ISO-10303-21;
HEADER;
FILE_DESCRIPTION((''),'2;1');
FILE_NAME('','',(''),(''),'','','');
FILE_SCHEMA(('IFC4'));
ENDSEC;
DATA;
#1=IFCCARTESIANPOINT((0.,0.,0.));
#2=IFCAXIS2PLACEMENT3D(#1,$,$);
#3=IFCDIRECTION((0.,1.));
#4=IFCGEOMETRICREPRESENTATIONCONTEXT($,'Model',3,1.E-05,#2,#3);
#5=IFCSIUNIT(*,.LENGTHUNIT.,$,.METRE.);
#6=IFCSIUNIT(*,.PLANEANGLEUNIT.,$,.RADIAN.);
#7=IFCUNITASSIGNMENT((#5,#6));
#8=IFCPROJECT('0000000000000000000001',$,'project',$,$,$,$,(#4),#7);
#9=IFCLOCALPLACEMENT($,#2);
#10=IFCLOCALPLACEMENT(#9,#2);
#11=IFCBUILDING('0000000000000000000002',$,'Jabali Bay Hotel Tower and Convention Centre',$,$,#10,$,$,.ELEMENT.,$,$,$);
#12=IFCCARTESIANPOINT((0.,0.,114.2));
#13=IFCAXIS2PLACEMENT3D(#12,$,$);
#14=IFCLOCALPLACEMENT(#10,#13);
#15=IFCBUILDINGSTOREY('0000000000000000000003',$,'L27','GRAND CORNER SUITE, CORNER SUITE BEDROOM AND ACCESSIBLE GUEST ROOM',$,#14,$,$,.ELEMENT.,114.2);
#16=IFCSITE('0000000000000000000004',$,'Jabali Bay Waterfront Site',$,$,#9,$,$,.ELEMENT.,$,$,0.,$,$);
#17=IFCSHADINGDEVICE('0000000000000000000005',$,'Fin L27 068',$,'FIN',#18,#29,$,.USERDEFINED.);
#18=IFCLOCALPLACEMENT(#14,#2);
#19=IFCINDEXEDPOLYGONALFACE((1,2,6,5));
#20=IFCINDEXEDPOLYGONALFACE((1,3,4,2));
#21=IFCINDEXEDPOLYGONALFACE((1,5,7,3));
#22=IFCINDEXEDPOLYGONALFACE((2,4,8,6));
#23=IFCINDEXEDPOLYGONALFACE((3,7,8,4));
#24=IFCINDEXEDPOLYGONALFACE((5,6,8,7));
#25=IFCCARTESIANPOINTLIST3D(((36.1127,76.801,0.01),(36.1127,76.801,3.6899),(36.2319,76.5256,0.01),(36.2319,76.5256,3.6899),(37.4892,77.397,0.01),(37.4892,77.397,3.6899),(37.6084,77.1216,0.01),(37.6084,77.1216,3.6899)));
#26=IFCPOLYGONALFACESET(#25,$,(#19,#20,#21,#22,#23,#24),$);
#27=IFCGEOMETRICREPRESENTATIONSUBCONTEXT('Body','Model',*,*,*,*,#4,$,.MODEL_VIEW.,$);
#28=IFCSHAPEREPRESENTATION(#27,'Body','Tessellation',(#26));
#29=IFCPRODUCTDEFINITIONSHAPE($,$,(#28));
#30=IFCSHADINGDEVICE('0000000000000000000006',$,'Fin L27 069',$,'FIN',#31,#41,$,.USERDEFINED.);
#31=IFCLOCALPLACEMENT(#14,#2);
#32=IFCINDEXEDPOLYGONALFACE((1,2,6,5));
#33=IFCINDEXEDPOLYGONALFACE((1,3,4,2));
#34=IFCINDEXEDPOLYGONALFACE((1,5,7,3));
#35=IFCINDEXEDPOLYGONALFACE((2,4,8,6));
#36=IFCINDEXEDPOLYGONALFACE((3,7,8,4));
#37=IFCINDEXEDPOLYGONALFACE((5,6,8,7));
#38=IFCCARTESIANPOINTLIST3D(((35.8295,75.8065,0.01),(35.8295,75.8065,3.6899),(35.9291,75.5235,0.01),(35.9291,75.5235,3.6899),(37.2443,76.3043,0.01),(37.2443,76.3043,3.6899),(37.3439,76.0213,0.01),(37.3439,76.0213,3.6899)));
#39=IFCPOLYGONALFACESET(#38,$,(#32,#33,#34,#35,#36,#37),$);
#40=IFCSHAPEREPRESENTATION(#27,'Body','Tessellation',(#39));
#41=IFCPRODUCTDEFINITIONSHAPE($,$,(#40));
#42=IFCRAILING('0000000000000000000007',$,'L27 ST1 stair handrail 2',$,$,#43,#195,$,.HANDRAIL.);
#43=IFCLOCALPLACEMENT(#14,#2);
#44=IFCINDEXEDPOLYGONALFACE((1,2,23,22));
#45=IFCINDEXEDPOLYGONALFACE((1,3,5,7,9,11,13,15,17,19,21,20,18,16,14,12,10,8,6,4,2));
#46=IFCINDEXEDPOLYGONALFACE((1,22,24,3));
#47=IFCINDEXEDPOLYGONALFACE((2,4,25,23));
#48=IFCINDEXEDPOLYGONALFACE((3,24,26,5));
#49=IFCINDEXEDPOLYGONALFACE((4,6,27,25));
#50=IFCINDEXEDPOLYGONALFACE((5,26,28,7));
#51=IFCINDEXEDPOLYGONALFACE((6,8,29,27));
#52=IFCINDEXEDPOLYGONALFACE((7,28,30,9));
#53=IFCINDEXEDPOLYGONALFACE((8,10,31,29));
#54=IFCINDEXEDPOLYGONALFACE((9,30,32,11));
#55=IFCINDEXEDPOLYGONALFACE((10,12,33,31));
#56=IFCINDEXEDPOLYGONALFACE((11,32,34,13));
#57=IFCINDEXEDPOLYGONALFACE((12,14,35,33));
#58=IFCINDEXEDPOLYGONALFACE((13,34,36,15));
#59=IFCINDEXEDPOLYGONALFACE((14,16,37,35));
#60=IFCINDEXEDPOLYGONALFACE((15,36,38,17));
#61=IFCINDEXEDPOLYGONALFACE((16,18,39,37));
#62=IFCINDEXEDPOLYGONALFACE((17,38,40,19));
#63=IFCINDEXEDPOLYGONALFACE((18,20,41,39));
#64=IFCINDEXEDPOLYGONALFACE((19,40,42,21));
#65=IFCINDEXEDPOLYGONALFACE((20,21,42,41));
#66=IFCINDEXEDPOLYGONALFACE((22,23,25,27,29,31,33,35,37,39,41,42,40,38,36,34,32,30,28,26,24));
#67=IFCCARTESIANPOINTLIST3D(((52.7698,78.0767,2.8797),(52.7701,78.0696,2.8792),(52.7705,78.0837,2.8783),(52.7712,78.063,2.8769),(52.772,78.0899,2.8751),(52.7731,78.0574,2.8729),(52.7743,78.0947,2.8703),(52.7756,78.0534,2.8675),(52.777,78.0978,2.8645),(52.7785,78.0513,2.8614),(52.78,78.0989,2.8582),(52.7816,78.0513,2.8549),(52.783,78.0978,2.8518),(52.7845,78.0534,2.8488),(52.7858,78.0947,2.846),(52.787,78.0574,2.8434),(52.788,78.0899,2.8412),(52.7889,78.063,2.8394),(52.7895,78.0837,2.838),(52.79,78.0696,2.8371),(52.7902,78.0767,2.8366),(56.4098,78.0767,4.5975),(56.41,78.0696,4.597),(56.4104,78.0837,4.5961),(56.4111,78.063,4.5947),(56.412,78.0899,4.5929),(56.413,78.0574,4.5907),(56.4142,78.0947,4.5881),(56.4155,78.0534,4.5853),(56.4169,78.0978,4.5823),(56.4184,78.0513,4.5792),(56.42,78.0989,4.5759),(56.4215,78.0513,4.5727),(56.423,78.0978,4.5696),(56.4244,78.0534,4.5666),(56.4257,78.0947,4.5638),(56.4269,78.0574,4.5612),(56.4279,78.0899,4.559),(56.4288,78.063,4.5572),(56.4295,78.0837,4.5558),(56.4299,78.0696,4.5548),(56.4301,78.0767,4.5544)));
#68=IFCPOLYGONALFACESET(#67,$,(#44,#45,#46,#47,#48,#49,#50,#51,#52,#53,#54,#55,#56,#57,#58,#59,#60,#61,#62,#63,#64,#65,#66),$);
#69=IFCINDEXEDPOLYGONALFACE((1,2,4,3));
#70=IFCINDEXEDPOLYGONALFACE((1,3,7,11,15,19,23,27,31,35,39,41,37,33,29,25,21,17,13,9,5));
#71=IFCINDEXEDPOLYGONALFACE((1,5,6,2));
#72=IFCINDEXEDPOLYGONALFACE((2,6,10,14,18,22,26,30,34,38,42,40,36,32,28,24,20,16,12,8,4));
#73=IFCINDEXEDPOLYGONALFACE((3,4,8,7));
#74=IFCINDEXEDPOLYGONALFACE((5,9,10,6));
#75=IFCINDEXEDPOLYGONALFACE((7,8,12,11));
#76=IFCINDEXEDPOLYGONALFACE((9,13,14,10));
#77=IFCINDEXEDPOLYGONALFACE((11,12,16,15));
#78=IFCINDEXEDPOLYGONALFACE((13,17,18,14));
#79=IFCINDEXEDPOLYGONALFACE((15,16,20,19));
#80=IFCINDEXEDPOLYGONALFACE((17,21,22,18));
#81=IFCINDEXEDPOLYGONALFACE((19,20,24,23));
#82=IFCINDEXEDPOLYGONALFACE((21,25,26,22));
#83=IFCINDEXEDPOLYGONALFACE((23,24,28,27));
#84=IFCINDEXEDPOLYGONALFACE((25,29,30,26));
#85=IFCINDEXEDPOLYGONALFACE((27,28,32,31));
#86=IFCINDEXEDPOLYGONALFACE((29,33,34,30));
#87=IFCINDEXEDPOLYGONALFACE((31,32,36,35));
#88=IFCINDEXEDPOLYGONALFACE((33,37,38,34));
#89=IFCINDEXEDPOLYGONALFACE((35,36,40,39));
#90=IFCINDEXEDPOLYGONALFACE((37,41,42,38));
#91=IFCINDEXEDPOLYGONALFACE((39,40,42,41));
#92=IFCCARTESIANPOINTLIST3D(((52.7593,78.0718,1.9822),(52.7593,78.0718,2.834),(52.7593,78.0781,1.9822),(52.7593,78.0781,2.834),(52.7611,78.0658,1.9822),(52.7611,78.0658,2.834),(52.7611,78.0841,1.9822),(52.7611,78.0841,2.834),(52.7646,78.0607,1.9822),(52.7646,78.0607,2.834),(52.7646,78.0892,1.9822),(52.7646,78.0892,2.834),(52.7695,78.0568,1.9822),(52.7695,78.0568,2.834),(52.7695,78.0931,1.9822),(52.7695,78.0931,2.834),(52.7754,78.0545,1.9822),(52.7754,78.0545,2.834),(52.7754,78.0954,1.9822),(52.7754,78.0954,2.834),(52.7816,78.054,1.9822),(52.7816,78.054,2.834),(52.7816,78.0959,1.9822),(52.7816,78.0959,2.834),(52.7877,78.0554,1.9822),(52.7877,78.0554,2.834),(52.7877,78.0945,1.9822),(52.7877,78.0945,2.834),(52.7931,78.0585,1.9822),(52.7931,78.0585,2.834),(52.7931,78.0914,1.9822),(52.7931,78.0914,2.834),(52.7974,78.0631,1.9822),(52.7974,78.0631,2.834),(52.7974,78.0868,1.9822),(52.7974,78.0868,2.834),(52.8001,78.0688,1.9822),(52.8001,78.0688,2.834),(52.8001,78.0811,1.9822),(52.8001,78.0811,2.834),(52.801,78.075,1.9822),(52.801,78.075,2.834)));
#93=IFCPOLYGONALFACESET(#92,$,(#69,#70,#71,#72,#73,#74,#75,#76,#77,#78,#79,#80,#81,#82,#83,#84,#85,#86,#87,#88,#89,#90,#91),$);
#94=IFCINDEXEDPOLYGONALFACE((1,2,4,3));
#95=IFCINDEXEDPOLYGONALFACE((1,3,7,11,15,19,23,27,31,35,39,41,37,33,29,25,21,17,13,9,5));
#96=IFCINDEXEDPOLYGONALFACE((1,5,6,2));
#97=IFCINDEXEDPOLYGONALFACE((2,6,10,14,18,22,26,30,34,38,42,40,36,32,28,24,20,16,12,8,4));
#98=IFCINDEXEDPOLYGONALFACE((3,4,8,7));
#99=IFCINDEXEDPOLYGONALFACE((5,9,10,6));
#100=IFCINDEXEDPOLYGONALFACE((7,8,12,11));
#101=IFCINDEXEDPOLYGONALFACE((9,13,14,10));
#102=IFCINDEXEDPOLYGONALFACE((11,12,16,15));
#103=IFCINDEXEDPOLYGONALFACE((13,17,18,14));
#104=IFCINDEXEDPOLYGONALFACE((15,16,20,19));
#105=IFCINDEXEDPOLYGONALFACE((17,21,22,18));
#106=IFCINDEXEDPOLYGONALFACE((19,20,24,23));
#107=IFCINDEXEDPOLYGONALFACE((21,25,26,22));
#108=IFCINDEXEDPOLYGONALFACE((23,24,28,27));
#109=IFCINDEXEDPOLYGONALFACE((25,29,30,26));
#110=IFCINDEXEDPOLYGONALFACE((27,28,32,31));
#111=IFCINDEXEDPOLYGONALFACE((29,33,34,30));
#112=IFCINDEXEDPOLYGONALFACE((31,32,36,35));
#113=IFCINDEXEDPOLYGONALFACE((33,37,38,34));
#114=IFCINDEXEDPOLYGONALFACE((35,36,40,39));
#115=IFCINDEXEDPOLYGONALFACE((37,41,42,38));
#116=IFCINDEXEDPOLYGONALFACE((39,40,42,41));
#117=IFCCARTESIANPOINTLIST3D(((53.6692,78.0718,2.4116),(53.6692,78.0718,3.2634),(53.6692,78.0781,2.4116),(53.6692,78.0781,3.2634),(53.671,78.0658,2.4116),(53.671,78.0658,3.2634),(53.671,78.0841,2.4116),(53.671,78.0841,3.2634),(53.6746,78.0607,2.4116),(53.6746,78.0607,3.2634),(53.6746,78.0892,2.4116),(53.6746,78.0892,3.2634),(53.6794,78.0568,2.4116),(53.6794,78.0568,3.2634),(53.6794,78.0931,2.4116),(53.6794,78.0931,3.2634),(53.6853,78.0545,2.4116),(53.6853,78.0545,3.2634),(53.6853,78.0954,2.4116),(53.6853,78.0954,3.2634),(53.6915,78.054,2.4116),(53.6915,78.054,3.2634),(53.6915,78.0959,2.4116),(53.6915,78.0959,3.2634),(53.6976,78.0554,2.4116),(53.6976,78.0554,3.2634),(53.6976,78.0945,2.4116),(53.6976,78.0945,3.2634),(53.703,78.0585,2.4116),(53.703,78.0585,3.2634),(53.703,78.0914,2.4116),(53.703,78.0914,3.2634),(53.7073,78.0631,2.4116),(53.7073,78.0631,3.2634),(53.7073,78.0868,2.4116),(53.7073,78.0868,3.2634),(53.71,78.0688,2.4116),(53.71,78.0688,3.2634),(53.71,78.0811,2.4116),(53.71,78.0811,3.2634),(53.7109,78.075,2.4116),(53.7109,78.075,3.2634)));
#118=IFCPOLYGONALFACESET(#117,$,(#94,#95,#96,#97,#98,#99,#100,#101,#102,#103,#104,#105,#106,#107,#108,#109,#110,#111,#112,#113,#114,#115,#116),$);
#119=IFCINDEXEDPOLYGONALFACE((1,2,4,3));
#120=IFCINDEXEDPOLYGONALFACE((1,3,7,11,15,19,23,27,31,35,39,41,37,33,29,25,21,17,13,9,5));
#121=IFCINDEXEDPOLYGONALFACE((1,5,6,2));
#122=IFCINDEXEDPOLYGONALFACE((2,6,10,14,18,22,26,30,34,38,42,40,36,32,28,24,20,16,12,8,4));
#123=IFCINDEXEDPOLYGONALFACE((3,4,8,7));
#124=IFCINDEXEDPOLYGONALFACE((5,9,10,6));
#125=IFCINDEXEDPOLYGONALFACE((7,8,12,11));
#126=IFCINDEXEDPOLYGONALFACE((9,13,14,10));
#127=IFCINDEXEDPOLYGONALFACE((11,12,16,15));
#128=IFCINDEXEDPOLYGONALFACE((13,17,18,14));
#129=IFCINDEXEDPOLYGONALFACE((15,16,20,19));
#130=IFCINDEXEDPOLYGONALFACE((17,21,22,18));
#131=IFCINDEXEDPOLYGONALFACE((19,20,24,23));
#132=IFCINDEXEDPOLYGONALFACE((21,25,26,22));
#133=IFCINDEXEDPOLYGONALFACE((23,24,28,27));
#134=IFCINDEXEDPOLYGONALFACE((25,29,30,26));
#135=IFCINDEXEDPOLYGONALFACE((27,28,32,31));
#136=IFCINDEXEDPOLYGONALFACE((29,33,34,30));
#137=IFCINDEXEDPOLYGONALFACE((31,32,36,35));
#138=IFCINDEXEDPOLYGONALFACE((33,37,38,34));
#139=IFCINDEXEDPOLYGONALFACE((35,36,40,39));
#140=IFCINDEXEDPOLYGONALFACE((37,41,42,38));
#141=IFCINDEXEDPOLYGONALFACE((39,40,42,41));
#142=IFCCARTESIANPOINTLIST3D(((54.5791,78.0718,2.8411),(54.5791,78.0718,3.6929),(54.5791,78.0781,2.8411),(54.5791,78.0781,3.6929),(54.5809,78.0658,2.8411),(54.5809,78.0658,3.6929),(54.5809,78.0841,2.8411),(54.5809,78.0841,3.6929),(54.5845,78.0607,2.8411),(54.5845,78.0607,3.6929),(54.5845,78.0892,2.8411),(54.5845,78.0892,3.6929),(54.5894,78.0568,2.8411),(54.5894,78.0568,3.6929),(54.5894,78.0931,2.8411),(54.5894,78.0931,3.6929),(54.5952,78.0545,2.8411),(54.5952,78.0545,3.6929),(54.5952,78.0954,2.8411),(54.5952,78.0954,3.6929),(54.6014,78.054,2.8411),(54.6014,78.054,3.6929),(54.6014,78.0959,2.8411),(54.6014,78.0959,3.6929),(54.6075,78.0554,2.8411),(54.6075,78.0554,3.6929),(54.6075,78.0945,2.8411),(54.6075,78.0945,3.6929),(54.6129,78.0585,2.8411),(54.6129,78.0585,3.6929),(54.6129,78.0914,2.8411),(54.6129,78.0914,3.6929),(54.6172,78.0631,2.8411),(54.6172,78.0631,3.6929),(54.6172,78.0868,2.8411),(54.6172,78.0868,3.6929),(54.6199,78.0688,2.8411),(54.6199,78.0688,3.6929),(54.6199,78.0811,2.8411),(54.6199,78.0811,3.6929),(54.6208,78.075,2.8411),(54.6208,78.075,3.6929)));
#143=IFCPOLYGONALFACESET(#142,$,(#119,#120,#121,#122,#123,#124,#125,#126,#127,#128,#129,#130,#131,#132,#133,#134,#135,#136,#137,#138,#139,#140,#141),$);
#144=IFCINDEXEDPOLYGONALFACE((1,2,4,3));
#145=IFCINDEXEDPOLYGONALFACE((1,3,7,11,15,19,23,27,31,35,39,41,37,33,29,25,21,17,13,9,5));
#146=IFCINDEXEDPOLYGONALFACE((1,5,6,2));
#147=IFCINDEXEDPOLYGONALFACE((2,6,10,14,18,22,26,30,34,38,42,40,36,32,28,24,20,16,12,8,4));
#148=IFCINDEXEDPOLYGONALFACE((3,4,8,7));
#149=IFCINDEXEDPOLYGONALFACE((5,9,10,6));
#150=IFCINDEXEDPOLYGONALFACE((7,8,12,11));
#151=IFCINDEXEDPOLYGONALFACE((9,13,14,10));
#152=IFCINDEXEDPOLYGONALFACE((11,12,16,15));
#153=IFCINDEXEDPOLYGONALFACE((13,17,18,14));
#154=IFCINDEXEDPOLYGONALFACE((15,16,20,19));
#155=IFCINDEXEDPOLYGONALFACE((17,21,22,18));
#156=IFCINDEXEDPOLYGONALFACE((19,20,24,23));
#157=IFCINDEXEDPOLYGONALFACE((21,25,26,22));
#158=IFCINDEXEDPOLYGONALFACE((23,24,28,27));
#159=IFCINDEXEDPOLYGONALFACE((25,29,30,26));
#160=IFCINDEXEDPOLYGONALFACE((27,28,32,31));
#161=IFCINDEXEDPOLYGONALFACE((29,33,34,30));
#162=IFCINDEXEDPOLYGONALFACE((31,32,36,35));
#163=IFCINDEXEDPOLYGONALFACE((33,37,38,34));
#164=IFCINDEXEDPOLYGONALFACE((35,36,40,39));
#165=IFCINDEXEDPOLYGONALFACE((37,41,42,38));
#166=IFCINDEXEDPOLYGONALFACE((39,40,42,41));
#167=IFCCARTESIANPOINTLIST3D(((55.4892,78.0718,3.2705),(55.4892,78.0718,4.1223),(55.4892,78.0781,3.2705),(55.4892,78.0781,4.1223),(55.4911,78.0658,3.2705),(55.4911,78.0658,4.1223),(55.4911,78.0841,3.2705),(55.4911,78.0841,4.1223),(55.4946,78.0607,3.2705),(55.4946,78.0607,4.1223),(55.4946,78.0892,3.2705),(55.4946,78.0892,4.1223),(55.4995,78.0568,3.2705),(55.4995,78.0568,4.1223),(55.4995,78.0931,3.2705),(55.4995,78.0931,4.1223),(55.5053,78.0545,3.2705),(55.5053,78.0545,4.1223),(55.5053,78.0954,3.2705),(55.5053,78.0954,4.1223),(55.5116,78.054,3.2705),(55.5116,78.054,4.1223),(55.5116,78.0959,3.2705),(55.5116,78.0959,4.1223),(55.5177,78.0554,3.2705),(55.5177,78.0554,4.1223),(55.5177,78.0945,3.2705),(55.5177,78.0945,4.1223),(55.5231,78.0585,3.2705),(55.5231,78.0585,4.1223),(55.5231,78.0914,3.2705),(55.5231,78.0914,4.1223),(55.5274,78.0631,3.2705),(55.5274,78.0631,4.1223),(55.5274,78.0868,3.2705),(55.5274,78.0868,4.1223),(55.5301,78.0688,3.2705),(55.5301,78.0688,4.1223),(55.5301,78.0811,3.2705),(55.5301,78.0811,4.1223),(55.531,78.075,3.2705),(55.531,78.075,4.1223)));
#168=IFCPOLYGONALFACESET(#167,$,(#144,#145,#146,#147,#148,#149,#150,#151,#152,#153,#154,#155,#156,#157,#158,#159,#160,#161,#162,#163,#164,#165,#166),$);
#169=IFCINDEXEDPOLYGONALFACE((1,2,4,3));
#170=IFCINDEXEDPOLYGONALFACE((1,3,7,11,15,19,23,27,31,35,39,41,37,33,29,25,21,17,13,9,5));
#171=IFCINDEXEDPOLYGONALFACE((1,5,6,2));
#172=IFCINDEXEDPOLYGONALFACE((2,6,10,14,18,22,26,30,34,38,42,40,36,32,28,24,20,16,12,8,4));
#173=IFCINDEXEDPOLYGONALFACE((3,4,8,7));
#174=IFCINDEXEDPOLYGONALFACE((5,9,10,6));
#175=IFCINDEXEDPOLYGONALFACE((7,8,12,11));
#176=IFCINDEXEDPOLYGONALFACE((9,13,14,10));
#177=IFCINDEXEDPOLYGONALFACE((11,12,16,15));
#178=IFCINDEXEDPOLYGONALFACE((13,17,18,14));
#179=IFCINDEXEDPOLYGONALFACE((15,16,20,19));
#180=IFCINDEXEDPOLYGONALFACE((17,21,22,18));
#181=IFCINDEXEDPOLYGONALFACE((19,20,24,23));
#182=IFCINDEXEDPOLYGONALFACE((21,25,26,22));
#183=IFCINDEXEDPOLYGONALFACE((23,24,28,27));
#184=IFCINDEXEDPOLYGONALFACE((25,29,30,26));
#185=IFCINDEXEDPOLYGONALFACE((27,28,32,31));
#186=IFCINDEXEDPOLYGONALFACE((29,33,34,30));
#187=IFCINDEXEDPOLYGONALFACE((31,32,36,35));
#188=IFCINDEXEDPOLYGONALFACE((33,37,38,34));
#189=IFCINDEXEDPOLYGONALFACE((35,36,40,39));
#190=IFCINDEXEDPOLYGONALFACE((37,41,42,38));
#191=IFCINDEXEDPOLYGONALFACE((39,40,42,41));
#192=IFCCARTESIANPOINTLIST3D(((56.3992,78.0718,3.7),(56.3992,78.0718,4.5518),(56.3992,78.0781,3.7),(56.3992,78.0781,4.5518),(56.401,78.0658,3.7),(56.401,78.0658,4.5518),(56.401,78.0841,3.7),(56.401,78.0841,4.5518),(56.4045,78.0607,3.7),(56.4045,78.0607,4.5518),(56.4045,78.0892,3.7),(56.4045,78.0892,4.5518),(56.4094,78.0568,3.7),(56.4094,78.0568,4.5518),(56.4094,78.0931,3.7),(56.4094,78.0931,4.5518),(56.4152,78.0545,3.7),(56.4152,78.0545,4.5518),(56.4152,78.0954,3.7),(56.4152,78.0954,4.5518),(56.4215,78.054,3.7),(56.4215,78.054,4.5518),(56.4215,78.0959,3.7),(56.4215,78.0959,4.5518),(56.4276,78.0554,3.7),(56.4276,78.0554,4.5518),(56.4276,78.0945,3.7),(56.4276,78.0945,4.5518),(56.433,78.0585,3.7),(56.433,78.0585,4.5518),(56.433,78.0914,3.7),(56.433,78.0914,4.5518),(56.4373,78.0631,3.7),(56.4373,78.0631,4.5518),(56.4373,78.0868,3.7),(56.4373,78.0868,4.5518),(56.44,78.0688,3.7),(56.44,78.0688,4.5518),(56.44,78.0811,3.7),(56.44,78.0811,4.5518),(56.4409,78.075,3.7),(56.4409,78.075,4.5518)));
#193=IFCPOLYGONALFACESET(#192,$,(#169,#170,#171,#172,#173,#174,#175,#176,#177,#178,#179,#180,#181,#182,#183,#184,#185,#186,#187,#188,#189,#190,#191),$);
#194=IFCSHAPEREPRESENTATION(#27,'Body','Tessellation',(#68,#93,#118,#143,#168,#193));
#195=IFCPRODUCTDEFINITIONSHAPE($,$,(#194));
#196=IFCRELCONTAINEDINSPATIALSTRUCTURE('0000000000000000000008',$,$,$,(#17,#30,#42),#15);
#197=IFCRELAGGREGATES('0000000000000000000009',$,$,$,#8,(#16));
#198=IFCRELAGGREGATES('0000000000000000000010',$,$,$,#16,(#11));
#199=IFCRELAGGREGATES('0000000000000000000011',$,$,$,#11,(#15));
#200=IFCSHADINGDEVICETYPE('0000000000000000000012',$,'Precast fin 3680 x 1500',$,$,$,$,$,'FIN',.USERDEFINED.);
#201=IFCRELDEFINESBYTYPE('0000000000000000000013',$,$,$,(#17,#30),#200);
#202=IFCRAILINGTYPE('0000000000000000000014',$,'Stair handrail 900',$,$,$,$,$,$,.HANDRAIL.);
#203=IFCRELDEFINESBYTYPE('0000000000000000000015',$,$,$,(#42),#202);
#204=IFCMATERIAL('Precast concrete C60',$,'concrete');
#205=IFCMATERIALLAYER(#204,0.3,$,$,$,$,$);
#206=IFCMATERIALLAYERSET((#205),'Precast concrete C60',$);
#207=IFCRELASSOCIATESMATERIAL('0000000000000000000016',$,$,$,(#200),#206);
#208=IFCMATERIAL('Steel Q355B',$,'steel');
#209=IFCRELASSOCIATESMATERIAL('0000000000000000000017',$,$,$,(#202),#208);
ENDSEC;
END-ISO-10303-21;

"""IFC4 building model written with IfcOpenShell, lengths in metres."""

from ifc_helpers import new_model, si_unit, direction, frame, frame_2d, origin, origin_2d, place, context, subcontext, project, spatial, rectangle, circle, extrude, material, layer, layer_set, type_object, element, save


model = new_model("IFC4")

# Units and contexts
model_context = context("Model", 3, precision=1e-05, world=origin(), true_north=direction((0.0, 1.0)))
body_context = subcontext(model_context, "Body", "Model", "MODEL_VIEW")
ifc_project = project(units=[si_unit("LENGTHUNIT", "METRE"), si_unit("PLANEANGLEUNIT", "RADIAN")], contexts=[model_context])

# Site, building, storey
site_placement = place(None, origin())
site = spatial("IfcSite", under=ifc_project, at=site_placement, Name="Jabali Bay Waterfront Site", CompositionType="ELEMENT", RefElevation=0.0)
building_placement = place(site_placement, origin())
building = spatial("IfcBuilding", under=site, at=building_placement, Name="Jabali Bay Hotel Tower and Convention Centre", CompositionType="ELEMENT")
storey_placement = place(building_placement, frame((0.0, 0.0, 114.2)))
storey = spatial("IfcBuildingStorey", under=building, at=storey_placement, Name="L27", Description="GRAND CORNER SUITE, CORNER SUITE BEDROOM AND ACCESSIBLE GUEST ROOM", CompositionType="ELEMENT", Elevation=114.2)

# Shading devices
ifc_material_1 = material(Name="Precast concrete C60", Category="concrete")
ifc_layer_1 = layer(ifc_material_1, 0.3)
ifc_layer_set_1 = layer_set([ifc_layer_1], Name="Precast concrete C60")
shading_device_type_1 = type_object("IfcShadingDeviceType", Name="Precast fin 3680 x 1500", ElementType="FIN", PredefinedType="USERDEFINED", material=ifc_layer_set_1)
shading_device_1_placement = place(storey_placement, frame((37.5488, 77.2593, 0.01), z_axis=(0.0, 0.0, 1.0), x_axis=(-0.917682, -0.397315, 0.0)))
element("IfcShadingDevice", 1, at=shading_device_1_placement, inside=storey, type_object=shading_device_type_1, Name="Fin L27 068", ObjectType="FIN", PredefinedType="USERDEFINED", context=body_context, shape_type="SweptSolid", body=[
    extrude(rectangle(XDim=1.5, YDim=0.3, at=frame_2d((0.75, 0.0))), origin(), (0.0, 0.0, 1.0), 3.6799),
])
shading_device_2_placement = place(storey_placement, frame((37.2942, 76.1628, 0.01), z_axis=(0.0, 0.0, 1.0), x_axis=(-0.943311, -0.331909, 0.0)))
element("IfcShadingDevice", 2, at=shading_device_2_placement, inside=storey, type_object=shading_device_type_1, Name="Fin L27 069", ObjectType="FIN", PredefinedType="USERDEFINED", context=body_context, shape_type="SweptSolid", body=[
    extrude(rectangle(XDim=1.4998, YDim=0.3, at=frame_2d((0.75, 0.0))), origin(), (0.0, 0.0, 1.0), 3.6799),
])

# Railing
ifc_material_2 = material(Name="Steel Q355B", Category="steel")
railing_type = type_object("IfcRailingType", Name="Stair handrail 900", PredefinedType="HANDRAIL", material=ifc_material_2)
railing_placement = place(storey_placement, frame((52.78, 78.075, 1.9822)))
element("IfcRailing", 3, at=railing_placement, inside=storey, type_object=railing_type, Name="L27 ST1 stair handrail 2", PredefinedType="HANDRAIL", context=body_context, shape_type="SweptSolid", body=[
    extrude(circle(Radius=0.0239, at=origin_2d()), frame((0.0, 0.0, 0.876), z_axis=(0.904351, 0.0, 0.42679), x_axis=(0.0, 1.0, 0.0)), (0.0, 0.0, 1.0), 4.0249),
    extrude(circle(Radius=0.021, at=origin_2d()), origin(), (0.0, 0.0, 1.0), 0.8518),
    extrude(circle(Radius=0.021, at=origin_2d()), frame((0.9099, 0.0, 0.4294)), (0.0, 0.0, 1.0), 0.8518),
    extrude(circle(Radius=0.021, at=origin_2d()), frame((1.8198, 0.0, 0.8589)), (0.0, 0.0, 1.0), 0.8518),
    extrude(circle(Radius=0.021, at=origin_2d()), frame((2.73, 0.0, 1.2883)), (0.0, 0.0, 1.0), 0.8518),
    extrude(circle(Radius=0.021, at=origin_2d()), frame((3.6399, 0.0, 1.7178)), (0.0, 0.0, 1.0), 0.8518),
])

save(model, "model.ifc")
